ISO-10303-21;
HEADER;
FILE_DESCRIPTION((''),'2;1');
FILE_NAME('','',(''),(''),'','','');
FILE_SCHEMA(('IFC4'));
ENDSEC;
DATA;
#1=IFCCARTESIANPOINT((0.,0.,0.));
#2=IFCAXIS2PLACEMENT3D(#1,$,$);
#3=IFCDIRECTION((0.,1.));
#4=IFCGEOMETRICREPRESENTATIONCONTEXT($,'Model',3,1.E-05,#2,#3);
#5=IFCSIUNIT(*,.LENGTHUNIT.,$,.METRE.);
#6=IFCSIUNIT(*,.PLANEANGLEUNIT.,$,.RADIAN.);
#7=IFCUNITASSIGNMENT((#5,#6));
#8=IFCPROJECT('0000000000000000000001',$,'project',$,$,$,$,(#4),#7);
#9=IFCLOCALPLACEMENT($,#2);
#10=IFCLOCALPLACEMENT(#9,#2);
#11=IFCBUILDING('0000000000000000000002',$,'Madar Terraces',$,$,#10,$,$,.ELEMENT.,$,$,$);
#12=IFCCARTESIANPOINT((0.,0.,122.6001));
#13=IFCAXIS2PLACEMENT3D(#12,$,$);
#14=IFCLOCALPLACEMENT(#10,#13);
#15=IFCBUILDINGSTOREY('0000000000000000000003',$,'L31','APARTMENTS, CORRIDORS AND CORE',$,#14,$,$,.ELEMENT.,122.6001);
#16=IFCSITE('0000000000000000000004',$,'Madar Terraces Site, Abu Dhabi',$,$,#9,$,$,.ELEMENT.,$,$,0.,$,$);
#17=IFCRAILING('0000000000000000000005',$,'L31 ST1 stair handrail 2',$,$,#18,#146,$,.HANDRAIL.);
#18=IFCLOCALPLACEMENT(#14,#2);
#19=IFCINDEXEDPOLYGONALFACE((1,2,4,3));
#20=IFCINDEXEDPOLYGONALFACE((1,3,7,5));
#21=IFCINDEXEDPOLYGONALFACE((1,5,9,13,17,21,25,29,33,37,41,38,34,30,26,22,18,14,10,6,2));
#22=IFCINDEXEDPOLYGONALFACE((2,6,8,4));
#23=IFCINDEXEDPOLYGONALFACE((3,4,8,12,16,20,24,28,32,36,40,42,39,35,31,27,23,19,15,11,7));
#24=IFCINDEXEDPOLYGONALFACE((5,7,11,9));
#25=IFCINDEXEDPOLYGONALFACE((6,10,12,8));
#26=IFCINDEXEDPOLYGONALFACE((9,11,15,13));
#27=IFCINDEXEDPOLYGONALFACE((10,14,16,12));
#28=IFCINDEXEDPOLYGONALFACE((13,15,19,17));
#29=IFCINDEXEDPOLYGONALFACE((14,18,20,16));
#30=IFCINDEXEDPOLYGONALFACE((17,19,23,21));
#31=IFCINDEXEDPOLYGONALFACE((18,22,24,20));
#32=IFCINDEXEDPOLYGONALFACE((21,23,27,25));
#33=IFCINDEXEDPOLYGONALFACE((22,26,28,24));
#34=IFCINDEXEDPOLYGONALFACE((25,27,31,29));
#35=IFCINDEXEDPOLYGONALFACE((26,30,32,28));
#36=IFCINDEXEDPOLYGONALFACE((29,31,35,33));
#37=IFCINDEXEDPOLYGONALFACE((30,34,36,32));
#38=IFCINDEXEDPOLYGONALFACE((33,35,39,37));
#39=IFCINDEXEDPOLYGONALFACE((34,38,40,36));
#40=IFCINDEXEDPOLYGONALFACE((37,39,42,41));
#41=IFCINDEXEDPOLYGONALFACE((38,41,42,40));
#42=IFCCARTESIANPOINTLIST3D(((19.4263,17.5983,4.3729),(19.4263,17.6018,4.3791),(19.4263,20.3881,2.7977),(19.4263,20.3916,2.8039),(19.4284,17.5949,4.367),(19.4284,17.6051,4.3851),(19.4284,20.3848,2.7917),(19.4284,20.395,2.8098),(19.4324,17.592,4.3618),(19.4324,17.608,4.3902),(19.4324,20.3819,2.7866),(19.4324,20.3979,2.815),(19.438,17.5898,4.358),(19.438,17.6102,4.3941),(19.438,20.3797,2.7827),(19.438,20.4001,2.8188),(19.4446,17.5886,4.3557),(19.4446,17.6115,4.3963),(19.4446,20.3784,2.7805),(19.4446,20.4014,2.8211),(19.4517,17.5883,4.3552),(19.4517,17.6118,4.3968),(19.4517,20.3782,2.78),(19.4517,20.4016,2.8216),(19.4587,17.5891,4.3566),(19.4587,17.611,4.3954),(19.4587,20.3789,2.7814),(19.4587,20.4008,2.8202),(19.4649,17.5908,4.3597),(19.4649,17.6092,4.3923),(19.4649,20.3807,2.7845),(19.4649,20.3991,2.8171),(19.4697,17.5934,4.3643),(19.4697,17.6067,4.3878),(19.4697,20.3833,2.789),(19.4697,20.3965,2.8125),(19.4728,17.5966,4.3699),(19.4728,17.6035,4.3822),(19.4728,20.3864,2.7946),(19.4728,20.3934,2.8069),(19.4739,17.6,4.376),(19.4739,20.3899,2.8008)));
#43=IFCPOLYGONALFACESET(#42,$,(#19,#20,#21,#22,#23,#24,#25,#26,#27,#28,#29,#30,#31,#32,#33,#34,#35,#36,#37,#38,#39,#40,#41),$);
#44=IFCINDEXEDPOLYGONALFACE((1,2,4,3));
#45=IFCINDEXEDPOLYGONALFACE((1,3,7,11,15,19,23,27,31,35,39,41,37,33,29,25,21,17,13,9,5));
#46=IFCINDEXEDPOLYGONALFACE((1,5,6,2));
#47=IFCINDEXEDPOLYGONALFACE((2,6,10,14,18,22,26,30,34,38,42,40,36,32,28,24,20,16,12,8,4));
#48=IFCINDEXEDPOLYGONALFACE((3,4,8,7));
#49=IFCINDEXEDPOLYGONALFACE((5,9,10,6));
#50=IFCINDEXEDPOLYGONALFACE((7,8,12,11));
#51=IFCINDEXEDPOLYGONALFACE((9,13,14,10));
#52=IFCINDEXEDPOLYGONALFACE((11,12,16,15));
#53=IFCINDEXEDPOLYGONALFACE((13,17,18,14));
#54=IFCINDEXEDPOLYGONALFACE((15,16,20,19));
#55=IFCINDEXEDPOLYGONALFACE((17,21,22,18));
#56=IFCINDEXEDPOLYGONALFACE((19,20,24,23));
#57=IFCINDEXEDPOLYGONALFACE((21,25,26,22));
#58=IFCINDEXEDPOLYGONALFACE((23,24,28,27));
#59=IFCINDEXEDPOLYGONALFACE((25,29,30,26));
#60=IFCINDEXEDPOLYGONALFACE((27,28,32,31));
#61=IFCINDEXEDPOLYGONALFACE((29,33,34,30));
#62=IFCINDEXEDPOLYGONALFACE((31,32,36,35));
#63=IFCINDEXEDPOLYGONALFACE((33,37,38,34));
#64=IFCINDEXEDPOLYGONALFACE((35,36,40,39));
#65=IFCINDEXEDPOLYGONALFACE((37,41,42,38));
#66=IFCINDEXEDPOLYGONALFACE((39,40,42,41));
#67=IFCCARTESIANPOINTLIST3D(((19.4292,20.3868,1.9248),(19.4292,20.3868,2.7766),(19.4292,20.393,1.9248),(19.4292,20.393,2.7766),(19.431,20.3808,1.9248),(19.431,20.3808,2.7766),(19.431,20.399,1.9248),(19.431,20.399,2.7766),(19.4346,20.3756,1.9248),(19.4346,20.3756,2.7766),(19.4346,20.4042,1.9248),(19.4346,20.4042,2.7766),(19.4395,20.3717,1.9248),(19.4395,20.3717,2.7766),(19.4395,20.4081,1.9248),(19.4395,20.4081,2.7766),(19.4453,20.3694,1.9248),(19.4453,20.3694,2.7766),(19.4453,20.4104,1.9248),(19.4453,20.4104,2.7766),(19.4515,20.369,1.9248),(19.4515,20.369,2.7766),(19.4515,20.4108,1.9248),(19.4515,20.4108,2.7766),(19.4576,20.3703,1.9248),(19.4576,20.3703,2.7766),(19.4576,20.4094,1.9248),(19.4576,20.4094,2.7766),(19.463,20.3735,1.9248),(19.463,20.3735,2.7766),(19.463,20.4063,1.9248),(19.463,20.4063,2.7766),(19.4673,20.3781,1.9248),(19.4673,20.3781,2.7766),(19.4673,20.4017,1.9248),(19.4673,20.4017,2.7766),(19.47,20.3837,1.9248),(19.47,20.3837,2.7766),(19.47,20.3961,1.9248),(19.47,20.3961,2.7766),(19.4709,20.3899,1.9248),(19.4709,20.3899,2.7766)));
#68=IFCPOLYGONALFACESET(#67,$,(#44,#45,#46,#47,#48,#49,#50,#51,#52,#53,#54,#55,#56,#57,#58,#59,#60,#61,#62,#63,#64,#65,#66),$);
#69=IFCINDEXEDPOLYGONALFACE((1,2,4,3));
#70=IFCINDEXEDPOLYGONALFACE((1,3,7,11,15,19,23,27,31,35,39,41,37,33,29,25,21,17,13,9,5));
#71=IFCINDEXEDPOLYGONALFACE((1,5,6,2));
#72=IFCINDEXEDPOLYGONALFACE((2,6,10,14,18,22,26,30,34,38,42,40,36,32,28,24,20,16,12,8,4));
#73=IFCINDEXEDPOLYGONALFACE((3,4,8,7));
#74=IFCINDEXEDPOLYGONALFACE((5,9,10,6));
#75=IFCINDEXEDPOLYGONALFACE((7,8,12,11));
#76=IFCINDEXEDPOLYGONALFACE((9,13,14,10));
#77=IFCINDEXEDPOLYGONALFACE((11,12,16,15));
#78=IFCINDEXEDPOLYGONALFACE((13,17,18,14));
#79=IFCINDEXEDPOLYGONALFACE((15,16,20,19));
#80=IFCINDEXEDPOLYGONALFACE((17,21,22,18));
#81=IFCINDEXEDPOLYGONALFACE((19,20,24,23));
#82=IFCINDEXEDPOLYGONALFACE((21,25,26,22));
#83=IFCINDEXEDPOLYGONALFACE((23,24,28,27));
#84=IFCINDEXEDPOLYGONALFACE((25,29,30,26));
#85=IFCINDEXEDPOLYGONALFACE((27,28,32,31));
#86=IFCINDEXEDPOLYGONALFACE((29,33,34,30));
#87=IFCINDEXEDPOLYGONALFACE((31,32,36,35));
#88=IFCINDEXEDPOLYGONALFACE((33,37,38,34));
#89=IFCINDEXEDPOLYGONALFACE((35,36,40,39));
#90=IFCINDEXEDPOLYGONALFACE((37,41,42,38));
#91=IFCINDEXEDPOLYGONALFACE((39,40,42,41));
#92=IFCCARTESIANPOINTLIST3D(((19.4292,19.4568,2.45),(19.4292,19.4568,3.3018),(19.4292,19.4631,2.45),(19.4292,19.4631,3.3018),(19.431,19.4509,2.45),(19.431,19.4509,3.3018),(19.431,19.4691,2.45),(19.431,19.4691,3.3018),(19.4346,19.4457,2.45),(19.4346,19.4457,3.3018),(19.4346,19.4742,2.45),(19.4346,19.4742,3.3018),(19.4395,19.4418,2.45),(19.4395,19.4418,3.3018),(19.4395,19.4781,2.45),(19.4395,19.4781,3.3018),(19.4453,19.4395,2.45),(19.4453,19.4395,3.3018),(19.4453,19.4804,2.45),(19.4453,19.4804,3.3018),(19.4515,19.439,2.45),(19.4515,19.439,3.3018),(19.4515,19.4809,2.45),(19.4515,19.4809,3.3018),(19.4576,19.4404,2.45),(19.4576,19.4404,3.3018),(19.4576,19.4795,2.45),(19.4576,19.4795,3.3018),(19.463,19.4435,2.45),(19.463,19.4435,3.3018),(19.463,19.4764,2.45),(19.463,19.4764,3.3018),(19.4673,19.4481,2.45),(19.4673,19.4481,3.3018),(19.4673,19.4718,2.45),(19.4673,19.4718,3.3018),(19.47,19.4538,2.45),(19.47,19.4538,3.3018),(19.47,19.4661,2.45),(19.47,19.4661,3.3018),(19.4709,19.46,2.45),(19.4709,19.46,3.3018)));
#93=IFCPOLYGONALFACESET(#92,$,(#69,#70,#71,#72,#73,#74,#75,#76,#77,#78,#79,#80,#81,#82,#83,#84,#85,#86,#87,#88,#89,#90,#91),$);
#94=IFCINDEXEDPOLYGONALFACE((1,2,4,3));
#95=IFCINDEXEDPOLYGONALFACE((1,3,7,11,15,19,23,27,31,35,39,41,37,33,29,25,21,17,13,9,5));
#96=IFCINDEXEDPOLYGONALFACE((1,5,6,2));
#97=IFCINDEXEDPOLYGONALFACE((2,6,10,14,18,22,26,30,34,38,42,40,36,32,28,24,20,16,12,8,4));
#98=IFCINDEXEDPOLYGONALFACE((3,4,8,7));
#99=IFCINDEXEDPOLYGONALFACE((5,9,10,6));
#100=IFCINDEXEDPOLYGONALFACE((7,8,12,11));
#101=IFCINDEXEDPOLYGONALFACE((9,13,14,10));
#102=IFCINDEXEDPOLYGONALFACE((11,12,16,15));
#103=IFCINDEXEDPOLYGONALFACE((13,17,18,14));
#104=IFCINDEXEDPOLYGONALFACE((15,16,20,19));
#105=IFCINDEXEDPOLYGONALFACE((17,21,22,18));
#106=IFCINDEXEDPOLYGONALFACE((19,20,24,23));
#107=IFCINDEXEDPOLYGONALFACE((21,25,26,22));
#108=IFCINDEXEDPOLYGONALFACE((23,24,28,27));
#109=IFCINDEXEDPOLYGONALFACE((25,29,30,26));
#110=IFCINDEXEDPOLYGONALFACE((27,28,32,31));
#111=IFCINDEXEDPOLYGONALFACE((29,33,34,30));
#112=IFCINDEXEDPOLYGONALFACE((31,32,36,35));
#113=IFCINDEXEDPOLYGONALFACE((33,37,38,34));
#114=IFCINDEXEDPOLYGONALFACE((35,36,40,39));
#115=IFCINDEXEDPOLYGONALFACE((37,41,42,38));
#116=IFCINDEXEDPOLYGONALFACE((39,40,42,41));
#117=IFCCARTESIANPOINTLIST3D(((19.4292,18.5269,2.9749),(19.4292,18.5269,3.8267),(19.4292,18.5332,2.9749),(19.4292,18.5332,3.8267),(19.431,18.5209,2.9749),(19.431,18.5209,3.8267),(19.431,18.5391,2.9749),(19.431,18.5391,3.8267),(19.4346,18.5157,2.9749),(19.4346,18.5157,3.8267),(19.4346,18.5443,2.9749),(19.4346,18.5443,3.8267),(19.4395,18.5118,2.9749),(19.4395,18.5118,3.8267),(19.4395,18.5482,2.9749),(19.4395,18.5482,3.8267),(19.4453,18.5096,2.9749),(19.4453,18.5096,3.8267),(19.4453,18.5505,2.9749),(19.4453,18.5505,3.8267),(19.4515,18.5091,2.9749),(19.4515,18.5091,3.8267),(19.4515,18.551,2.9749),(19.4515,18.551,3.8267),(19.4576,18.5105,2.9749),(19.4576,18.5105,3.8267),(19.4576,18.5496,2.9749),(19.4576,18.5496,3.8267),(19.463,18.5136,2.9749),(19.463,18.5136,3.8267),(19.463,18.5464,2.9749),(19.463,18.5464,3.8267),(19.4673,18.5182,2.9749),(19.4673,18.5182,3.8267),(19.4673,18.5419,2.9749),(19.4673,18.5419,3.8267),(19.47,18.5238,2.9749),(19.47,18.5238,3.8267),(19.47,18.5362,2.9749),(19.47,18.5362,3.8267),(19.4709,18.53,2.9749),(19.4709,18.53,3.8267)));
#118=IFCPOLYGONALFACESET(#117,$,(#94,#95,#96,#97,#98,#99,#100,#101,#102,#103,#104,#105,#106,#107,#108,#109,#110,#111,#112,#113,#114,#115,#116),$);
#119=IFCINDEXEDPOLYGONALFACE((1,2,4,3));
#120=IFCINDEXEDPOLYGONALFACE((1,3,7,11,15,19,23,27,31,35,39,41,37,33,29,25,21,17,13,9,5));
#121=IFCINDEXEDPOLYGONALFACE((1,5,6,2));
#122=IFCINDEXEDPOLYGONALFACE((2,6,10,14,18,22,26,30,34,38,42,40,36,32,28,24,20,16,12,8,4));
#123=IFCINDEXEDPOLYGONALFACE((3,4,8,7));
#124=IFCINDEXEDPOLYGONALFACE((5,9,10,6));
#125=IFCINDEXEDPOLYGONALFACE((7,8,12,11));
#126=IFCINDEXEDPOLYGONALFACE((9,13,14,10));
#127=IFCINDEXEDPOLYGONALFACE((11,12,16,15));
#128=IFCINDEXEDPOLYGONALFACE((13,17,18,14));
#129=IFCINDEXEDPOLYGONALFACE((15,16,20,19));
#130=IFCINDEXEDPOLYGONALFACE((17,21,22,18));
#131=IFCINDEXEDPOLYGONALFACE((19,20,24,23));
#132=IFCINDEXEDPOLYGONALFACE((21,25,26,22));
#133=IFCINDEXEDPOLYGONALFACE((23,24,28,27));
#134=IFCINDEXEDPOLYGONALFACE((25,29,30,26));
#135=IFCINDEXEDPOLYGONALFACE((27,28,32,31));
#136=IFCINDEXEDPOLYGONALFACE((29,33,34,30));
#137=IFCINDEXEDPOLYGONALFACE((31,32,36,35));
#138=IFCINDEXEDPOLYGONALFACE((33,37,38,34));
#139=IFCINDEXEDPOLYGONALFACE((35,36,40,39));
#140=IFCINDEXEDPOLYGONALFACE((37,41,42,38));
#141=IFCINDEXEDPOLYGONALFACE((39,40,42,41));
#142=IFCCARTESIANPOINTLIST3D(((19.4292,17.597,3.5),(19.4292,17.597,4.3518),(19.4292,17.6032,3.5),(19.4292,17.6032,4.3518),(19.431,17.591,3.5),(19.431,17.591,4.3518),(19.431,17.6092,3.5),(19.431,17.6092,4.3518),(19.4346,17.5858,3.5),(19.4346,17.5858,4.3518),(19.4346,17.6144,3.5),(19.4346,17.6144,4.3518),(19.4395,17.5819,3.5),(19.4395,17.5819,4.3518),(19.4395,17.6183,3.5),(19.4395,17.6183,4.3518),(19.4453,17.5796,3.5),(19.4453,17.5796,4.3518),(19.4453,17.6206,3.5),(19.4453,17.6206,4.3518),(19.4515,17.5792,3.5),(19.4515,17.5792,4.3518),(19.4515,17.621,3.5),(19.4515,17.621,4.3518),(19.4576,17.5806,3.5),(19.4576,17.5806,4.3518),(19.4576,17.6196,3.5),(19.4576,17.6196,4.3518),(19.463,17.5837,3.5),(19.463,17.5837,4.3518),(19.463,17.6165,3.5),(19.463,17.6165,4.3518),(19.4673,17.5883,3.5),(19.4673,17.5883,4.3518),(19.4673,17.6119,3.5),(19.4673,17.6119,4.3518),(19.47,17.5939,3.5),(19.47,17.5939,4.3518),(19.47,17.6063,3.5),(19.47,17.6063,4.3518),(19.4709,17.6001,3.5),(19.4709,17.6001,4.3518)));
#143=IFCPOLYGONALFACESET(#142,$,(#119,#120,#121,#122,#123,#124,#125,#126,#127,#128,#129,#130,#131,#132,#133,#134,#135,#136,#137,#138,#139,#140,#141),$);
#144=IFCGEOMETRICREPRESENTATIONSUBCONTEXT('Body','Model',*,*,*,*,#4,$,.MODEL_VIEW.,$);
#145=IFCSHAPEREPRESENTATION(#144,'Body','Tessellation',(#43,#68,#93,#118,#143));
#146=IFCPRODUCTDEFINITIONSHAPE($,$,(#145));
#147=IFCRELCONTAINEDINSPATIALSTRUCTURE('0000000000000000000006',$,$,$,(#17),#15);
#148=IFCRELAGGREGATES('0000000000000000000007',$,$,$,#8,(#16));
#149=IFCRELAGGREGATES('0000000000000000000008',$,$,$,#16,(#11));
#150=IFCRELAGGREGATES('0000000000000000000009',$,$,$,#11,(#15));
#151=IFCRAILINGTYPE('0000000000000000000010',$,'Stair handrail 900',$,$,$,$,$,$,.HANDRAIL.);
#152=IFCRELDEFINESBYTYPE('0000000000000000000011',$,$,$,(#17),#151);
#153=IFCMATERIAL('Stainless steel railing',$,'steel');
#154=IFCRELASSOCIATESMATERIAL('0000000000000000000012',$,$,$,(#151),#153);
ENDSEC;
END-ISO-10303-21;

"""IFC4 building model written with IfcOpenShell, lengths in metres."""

from ifc_helpers import new_model, si_unit, direction, frame, origin, origin_2d, place, context, subcontext, project, spatial, circle, extrude, material, type_object, element, save


model = new_model("IFC4")

# Units and contexts
model_context = context("Model", 3, precision=1e-05, world=origin(), true_north=direction((0.0, 1.0)))
body_context = subcontext(model_context, "Body", "Model", "MODEL_VIEW")
ifc_project = project(units=[si_unit("LENGTHUNIT", "METRE"), si_unit("PLANEANGLEUNIT", "RADIAN")], contexts=[model_context])

# Site, building, storey
site_placement = place(None, origin())
site = spatial("IfcSite", under=ifc_project, at=site_placement, Name="Madar Terraces Site, Abu Dhabi", CompositionType="ELEMENT", RefElevation=0.0)
building_placement = place(site_placement, origin())
building = spatial("IfcBuilding", under=site, at=building_placement, Name="Madar Terraces", CompositionType="ELEMENT")
storey_placement = place(building_placement, frame((0.0, 0.0, 122.6001)))
storey = spatial("IfcBuildingStorey", under=building, at=storey_placement, Name="L31", Description="APARTMENTS, CORRIDORS AND CORE", CompositionType="ELEMENT", Elevation=122.6001)

# Railing
ifc_material_1 = material(Name="Stainless steel railing", Category="steel")
railing_type_1 = type_object("IfcRailingType", Name="Stair handrail 900", PredefinedType="HANDRAIL", material=ifc_material_1)
railing_1_placement = place(storey_placement, frame((19.45, 20.3899, 1.9248)))
element("IfcRailing", 1, at=railing_1_placement, inside=storey, type_object=railing_type_1, Name="L31 ST1 stair handrail 2", PredefinedType="HANDRAIL", context=body_context, shape_type="SweptSolid", body=[
    extrude(circle(Radius=0.0239, at=origin_2d()), frame((0.0, 0.0, 0.876), z_axis=(0.0, -0.870783, 0.491668), x_axis=(1.0, 0.0, 0.0)), (0.0, 0.0, 1.0), 3.2039),
    extrude(circle(Radius=0.021, at=origin_2d()), origin(), (0.0, 0.0, 1.0), 0.8518),
    extrude(circle(Radius=0.021, at=origin_2d()), frame((0.0, -0.9299, 0.5251)), (0.0, 0.0, 1.0), 0.8518),
    extrude(circle(Radius=0.021, at=origin_2d()), frame((0.0, -1.8599, 1.05)), (0.0, 0.0, 1.0), 0.8518),
    extrude(circle(Radius=0.021, at=origin_2d()), frame((0.0, -2.7898, 1.5752)), (0.0, 0.0, 1.0), 0.8518),
])

save(model, "model.ifc")
